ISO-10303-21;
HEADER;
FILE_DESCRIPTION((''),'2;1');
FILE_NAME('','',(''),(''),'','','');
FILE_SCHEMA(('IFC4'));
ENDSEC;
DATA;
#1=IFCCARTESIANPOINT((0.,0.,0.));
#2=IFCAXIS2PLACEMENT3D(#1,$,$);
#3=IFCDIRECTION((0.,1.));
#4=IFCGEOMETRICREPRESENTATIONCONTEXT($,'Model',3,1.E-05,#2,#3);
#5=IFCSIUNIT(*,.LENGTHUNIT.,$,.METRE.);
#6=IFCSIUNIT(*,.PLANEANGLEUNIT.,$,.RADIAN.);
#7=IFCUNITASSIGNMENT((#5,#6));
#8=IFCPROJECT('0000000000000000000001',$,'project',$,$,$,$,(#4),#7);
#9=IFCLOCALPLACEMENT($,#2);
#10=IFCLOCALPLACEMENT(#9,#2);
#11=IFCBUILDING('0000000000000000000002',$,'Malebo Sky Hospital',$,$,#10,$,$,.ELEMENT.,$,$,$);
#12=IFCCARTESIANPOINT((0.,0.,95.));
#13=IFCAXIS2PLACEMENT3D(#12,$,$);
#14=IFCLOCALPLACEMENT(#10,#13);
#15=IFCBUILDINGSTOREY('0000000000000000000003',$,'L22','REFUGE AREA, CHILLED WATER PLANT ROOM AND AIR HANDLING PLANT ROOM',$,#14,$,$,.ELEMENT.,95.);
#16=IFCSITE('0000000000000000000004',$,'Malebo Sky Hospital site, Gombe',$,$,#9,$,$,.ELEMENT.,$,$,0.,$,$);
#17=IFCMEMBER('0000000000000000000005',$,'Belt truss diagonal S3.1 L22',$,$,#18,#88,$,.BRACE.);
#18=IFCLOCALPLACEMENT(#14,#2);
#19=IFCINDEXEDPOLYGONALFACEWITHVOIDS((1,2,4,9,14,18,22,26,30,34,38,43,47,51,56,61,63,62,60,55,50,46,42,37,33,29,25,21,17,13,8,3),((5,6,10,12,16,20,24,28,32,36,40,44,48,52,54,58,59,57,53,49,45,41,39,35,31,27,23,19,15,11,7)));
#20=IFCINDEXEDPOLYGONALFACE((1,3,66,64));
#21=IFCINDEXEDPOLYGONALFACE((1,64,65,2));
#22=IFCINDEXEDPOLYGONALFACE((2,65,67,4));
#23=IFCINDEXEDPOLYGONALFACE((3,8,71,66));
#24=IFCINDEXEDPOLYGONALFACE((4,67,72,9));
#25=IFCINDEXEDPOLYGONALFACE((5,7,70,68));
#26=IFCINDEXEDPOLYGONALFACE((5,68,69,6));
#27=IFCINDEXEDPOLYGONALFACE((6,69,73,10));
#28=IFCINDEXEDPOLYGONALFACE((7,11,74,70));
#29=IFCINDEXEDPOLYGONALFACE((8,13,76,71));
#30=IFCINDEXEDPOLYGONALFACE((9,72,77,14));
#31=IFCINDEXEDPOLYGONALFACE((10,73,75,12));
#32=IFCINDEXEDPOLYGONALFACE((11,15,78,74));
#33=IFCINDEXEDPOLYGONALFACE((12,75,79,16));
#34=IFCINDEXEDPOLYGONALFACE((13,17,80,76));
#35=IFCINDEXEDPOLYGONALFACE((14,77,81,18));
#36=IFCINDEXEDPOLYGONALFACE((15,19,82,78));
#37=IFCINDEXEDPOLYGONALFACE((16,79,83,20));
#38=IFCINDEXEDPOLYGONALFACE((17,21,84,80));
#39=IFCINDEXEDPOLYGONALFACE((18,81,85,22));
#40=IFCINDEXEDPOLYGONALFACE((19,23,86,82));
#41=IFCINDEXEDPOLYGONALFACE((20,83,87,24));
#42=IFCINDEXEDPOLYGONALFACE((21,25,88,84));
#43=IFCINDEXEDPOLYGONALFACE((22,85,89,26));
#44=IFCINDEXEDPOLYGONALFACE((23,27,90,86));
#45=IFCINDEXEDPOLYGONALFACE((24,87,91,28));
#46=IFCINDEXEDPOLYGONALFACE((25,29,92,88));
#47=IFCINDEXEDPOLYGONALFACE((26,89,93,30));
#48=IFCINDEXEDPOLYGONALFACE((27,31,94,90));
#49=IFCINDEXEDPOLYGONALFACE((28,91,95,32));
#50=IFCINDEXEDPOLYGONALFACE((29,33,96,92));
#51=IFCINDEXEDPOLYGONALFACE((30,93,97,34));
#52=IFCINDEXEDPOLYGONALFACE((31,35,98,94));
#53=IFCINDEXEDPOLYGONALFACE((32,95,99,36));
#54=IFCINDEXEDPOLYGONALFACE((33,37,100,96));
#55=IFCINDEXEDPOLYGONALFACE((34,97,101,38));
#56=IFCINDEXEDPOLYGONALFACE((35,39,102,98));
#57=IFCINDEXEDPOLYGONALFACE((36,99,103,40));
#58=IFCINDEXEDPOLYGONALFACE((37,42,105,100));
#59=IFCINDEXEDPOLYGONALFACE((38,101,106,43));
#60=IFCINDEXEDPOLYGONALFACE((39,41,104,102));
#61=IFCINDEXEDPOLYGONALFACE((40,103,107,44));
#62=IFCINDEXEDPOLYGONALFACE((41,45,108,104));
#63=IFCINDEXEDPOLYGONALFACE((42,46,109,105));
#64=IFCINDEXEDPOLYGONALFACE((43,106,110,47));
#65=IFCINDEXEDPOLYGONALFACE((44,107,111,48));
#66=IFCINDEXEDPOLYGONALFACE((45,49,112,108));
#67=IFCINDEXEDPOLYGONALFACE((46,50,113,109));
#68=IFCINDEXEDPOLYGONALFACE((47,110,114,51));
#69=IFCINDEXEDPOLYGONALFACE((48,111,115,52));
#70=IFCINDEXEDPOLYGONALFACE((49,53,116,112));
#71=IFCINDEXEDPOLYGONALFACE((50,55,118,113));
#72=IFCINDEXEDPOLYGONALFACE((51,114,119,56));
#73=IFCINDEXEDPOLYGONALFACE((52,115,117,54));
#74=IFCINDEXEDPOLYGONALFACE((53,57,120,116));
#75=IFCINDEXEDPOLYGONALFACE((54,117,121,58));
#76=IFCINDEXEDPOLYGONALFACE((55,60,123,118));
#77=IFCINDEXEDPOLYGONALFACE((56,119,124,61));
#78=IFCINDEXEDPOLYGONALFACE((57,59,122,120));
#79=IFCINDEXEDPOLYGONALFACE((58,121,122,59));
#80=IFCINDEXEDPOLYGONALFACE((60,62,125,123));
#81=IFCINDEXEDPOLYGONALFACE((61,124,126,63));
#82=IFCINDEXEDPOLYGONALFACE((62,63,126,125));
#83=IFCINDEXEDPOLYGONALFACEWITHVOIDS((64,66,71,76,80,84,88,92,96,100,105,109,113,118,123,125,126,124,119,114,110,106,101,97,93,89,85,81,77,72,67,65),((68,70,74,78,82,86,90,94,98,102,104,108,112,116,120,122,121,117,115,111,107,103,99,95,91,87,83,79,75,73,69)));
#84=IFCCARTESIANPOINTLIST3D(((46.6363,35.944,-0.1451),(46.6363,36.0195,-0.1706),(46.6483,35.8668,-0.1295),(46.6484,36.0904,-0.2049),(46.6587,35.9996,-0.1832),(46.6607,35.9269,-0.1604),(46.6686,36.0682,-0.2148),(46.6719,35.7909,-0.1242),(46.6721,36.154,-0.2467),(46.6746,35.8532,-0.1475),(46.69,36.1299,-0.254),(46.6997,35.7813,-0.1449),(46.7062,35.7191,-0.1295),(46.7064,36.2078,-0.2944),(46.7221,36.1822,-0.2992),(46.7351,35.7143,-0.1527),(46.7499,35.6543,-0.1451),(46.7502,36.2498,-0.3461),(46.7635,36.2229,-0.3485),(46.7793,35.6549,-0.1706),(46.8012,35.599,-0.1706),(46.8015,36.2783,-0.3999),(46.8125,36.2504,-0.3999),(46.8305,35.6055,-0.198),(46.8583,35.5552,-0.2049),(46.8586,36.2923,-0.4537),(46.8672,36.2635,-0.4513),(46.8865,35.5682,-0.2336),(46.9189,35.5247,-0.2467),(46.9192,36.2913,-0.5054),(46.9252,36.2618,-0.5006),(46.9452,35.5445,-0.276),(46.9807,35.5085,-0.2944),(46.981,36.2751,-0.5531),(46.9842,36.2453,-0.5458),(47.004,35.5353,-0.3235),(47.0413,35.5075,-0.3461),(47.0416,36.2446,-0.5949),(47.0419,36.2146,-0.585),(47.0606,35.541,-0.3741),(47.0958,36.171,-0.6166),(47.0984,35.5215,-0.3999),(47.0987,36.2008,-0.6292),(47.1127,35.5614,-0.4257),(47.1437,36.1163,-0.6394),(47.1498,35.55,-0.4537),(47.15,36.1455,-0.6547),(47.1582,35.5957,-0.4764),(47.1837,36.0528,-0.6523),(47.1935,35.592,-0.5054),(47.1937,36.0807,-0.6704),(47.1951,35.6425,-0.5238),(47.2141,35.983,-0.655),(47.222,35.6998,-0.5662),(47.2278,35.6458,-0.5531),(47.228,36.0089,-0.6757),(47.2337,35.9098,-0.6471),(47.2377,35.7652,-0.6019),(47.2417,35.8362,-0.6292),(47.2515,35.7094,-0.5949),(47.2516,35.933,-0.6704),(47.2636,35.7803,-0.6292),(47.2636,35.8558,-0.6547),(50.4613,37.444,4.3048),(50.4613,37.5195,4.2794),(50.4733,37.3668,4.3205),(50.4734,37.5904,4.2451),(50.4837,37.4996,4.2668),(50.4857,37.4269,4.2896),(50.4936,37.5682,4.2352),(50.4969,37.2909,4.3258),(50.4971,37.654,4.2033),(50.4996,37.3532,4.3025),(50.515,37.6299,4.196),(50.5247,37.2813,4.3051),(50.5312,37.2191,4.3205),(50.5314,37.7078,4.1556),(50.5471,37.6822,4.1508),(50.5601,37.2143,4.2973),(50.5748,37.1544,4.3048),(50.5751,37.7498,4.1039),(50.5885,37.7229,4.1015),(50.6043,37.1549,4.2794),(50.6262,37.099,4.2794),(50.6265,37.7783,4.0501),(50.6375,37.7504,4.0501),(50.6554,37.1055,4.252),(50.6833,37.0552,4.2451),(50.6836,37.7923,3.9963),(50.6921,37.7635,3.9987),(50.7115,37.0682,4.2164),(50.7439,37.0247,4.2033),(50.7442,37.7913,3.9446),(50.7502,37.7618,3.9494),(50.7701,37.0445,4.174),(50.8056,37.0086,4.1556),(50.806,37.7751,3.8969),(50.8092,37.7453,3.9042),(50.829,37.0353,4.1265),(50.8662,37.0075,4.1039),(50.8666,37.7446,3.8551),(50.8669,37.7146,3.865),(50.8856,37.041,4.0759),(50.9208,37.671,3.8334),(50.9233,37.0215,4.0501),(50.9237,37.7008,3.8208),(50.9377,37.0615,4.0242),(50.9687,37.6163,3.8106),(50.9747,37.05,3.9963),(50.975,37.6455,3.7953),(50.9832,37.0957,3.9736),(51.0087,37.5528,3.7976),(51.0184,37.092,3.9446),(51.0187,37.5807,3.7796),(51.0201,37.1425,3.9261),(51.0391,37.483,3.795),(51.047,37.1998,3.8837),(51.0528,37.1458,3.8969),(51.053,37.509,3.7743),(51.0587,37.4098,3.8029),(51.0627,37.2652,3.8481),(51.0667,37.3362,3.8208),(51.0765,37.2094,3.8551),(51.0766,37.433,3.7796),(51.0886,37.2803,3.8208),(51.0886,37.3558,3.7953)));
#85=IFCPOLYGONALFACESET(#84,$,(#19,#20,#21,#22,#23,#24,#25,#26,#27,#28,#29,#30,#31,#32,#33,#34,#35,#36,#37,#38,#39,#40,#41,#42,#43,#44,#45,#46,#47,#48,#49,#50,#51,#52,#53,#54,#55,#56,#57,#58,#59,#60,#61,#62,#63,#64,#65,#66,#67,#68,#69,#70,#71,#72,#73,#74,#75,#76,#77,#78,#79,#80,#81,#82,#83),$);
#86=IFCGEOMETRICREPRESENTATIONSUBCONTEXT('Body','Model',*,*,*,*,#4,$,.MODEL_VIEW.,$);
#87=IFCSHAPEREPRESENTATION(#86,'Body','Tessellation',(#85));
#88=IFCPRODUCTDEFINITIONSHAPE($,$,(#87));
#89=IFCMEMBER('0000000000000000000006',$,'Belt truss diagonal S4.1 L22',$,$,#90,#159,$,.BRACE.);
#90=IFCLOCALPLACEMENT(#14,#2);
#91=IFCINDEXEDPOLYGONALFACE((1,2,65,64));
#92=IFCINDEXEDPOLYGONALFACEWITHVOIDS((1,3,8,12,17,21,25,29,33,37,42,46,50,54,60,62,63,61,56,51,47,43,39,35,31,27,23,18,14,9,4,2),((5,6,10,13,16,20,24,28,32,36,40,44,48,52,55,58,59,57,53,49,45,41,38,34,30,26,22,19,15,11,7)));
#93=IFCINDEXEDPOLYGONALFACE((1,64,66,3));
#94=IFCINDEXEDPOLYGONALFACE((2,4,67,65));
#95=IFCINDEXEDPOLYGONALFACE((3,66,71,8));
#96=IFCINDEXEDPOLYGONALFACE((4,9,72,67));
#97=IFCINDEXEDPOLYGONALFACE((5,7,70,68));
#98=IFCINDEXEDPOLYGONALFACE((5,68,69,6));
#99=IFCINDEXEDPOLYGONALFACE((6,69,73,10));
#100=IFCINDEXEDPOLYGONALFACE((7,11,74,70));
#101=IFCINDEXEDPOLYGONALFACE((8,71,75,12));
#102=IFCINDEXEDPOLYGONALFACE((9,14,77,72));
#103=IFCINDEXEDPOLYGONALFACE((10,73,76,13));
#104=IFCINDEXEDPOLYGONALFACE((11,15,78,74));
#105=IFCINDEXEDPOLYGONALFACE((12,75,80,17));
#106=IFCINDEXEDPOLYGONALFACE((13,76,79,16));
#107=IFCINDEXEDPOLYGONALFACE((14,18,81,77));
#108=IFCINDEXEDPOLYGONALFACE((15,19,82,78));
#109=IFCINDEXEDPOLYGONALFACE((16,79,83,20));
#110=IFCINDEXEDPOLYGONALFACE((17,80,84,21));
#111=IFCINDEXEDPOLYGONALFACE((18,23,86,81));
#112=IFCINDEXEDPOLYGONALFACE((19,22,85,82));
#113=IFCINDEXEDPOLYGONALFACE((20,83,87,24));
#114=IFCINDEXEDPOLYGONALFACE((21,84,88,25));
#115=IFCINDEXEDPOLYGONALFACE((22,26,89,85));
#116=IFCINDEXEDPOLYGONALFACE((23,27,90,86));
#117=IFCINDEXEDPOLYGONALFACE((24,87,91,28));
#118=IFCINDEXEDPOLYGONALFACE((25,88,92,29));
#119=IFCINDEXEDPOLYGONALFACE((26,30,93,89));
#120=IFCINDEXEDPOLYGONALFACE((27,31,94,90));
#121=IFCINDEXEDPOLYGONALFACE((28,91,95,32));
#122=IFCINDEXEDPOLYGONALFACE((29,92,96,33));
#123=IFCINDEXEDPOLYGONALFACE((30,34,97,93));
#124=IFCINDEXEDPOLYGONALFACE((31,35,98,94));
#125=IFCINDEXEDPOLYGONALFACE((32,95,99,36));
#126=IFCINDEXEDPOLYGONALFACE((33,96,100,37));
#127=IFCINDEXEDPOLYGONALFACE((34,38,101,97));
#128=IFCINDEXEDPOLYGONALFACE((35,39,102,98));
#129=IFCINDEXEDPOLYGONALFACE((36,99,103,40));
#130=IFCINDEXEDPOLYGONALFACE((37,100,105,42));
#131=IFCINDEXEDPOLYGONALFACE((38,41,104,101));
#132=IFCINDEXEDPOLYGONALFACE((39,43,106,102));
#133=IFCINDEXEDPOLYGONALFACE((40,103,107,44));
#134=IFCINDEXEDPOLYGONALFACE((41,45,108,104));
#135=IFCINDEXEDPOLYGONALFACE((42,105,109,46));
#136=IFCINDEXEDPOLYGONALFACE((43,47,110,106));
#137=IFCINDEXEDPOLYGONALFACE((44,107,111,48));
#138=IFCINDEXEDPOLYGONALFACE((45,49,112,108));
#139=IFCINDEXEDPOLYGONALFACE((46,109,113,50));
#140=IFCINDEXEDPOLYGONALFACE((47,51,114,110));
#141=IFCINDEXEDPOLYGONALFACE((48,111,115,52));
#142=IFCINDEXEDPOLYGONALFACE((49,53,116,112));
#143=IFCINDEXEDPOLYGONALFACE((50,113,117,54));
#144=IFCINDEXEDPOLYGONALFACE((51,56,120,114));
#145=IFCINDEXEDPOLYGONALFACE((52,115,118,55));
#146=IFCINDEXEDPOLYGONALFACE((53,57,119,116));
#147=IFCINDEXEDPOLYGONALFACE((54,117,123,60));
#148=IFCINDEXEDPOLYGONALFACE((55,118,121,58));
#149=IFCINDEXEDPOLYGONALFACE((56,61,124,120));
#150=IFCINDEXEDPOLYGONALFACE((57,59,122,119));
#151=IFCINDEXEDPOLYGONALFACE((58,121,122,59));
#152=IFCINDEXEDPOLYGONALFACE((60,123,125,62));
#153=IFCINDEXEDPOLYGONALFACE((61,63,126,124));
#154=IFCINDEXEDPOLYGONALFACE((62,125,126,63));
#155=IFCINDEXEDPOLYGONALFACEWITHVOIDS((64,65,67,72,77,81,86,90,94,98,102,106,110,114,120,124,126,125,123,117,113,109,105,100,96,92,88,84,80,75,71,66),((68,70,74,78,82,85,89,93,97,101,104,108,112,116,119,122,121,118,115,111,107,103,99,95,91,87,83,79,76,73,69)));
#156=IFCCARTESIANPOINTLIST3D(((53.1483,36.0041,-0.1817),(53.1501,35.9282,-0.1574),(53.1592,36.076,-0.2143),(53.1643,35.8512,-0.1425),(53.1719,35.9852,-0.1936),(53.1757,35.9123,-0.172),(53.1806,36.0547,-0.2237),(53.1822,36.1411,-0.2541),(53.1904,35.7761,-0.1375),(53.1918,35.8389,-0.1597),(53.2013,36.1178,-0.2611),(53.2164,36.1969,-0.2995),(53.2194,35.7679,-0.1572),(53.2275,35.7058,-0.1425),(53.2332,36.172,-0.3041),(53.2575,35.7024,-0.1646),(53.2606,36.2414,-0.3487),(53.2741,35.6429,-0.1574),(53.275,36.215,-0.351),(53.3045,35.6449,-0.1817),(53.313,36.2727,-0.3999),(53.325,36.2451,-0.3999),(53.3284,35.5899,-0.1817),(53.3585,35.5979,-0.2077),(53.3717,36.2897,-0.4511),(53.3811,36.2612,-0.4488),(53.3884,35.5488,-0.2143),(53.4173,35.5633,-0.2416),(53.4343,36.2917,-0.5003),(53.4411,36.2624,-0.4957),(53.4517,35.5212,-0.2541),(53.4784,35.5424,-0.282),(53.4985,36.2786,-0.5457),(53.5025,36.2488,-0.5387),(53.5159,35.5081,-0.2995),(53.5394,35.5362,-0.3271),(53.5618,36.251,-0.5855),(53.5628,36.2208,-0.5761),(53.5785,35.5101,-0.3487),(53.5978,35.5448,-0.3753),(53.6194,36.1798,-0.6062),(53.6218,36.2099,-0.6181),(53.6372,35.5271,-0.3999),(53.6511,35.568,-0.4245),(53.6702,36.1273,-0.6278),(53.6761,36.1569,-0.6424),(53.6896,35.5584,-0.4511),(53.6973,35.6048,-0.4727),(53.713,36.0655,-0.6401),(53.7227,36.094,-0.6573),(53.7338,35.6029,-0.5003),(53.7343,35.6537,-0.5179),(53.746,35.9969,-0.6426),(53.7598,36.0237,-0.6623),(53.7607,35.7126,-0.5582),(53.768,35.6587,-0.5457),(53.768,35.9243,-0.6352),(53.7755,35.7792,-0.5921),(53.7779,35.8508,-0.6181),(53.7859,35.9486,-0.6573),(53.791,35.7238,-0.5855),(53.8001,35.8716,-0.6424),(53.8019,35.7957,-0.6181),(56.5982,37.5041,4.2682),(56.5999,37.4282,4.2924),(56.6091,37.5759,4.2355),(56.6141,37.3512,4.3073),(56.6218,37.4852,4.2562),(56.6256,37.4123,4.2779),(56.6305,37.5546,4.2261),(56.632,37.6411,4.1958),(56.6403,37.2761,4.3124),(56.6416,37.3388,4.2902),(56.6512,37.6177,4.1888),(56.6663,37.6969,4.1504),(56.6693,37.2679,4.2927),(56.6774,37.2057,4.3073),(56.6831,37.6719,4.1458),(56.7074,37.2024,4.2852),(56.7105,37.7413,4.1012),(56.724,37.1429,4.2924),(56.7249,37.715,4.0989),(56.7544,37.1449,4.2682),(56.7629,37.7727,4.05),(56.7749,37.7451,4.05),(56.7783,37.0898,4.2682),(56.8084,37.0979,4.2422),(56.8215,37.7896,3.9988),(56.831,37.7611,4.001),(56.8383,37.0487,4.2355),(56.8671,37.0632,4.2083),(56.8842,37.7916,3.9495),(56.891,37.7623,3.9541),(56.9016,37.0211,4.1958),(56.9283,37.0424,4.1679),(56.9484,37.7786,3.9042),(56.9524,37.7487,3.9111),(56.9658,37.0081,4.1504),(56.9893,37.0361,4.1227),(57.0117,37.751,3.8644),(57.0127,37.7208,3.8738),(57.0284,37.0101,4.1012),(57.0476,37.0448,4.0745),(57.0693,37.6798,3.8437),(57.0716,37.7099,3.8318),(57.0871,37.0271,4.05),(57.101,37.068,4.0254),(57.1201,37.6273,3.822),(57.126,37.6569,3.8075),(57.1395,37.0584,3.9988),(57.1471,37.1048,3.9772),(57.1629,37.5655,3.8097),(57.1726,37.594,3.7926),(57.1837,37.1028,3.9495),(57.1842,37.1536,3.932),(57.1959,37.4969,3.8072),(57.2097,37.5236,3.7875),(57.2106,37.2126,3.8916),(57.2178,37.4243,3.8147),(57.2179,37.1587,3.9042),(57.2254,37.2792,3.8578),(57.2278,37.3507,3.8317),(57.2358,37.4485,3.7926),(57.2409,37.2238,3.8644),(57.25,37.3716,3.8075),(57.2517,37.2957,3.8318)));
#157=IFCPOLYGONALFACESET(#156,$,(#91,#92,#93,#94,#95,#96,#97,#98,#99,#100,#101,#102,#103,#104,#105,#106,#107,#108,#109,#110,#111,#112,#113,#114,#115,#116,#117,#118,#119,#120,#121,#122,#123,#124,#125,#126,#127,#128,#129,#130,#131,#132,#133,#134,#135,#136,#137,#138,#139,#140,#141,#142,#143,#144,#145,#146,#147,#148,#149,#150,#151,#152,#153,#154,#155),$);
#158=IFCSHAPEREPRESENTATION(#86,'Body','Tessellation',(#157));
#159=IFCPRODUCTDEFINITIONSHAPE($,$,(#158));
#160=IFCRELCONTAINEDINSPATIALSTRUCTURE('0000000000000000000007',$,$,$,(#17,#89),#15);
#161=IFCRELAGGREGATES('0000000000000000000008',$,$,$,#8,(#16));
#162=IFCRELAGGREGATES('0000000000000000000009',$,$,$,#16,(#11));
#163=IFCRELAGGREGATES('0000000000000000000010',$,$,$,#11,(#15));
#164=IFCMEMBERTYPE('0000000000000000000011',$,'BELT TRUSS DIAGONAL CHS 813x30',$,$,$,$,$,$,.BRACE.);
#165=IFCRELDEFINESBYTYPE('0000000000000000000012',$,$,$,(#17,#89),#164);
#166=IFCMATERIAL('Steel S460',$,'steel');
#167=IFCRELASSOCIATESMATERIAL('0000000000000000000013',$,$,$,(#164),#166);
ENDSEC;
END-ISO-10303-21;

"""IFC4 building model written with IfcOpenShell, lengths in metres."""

from ifc_helpers import new_model, si_unit, direction, frame, origin, origin_2d, place, context, subcontext, project, spatial, hollow_circle, extrude, material, material_profile, profile_set, type_object, element, save


model = new_model("IFC4")

# Units and contexts
model_context = context("Model", 3, precision=1e-05, world=origin(), true_north=direction((0.0, 1.0)))
body_context = subcontext(model_context, "Body", "Model", "MODEL_VIEW")
ifc_project = project(units=[si_unit("LENGTHUNIT", "METRE"), si_unit("PLANEANGLEUNIT", "RADIAN")], contexts=[model_context])

# Site, building, storey
site_placement = place(None, origin())
site = spatial("IfcSite", under=ifc_project, at=site_placement, Name="Malebo Sky Hospital site, Gombe", CompositionType="ELEMENT", RefElevation=0.0)
building_placement = place(site_placement, origin())
building = spatial("IfcBuilding", under=site, at=building_placement, Name="Malebo Sky Hospital", CompositionType="ELEMENT")
storey_placement = place(building_placement, frame((0.0, 0.0, 95.0)))
storey = spatial("IfcBuildingStorey", under=building, at=storey_placement, Name="L22", Description="REFUGE AREA, CHILLED WATER PLANT ROOM AND AIR HANDLING PLANT ROOM", CompositionType="ELEMENT", Elevation=95.0)

# Members
ifc_material_1 = material(Name="Steel S460", Category="steel")
ifc_material_profile_1 = material_profile(ifc_material_1, hollow_circle(Radius=0.4065, WallThickness=0.03, at=origin_2d()), Name="CHS 813x30")
ifc_profile_set_1 = profile_set([ifc_material_profile_1], Name="Steel S460")
member_type_1 = type_object("IfcMemberType", Name="BELT TRUSS DIAGONAL CHS 813x30", PredefinedType="BRACE", material=ifc_profile_set_1)
member_1_placement = place(storey_placement, frame((46.95, 35.8999, -0.3999), z_axis=(0.631535, 0.247664, 0.734728), x_axis=(-0.365092, 0.930972, 0.0)))
element("IfcMember", 1, at=member_1_placement, inside=storey, type_object=member_type_1, Name="Belt truss diagonal S3.1 L22", PredefinedType="BRACE", context=body_context, shape_type="SweptSolid", body=[
    extrude(hollow_circle(Radius=0.4065, WallThickness=0.03, at=origin_2d()), origin(), (0.0, 0.0, 1.0), 6.0566),
])
member_2_placement = place(storey_placement, frame((53.4751, 35.8999, -0.3999), z_axis=(0.59206, 0.257421, 0.763675), x_axis=(-0.398731, 0.917068, 0.0)))
element("IfcMember", 2, at=member_2_placement, inside=storey, type_object=member_type_1, Name="Belt truss diagonal S4.1 L22", PredefinedType="BRACE", context=body_context, shape_type="SweptSolid", body=[
    extrude(hollow_circle(Radius=0.4065, WallThickness=0.03, at=origin_2d()), origin(), (0.0, 0.0, 1.0), 5.8269),
])

save(model, "model.ifc")
